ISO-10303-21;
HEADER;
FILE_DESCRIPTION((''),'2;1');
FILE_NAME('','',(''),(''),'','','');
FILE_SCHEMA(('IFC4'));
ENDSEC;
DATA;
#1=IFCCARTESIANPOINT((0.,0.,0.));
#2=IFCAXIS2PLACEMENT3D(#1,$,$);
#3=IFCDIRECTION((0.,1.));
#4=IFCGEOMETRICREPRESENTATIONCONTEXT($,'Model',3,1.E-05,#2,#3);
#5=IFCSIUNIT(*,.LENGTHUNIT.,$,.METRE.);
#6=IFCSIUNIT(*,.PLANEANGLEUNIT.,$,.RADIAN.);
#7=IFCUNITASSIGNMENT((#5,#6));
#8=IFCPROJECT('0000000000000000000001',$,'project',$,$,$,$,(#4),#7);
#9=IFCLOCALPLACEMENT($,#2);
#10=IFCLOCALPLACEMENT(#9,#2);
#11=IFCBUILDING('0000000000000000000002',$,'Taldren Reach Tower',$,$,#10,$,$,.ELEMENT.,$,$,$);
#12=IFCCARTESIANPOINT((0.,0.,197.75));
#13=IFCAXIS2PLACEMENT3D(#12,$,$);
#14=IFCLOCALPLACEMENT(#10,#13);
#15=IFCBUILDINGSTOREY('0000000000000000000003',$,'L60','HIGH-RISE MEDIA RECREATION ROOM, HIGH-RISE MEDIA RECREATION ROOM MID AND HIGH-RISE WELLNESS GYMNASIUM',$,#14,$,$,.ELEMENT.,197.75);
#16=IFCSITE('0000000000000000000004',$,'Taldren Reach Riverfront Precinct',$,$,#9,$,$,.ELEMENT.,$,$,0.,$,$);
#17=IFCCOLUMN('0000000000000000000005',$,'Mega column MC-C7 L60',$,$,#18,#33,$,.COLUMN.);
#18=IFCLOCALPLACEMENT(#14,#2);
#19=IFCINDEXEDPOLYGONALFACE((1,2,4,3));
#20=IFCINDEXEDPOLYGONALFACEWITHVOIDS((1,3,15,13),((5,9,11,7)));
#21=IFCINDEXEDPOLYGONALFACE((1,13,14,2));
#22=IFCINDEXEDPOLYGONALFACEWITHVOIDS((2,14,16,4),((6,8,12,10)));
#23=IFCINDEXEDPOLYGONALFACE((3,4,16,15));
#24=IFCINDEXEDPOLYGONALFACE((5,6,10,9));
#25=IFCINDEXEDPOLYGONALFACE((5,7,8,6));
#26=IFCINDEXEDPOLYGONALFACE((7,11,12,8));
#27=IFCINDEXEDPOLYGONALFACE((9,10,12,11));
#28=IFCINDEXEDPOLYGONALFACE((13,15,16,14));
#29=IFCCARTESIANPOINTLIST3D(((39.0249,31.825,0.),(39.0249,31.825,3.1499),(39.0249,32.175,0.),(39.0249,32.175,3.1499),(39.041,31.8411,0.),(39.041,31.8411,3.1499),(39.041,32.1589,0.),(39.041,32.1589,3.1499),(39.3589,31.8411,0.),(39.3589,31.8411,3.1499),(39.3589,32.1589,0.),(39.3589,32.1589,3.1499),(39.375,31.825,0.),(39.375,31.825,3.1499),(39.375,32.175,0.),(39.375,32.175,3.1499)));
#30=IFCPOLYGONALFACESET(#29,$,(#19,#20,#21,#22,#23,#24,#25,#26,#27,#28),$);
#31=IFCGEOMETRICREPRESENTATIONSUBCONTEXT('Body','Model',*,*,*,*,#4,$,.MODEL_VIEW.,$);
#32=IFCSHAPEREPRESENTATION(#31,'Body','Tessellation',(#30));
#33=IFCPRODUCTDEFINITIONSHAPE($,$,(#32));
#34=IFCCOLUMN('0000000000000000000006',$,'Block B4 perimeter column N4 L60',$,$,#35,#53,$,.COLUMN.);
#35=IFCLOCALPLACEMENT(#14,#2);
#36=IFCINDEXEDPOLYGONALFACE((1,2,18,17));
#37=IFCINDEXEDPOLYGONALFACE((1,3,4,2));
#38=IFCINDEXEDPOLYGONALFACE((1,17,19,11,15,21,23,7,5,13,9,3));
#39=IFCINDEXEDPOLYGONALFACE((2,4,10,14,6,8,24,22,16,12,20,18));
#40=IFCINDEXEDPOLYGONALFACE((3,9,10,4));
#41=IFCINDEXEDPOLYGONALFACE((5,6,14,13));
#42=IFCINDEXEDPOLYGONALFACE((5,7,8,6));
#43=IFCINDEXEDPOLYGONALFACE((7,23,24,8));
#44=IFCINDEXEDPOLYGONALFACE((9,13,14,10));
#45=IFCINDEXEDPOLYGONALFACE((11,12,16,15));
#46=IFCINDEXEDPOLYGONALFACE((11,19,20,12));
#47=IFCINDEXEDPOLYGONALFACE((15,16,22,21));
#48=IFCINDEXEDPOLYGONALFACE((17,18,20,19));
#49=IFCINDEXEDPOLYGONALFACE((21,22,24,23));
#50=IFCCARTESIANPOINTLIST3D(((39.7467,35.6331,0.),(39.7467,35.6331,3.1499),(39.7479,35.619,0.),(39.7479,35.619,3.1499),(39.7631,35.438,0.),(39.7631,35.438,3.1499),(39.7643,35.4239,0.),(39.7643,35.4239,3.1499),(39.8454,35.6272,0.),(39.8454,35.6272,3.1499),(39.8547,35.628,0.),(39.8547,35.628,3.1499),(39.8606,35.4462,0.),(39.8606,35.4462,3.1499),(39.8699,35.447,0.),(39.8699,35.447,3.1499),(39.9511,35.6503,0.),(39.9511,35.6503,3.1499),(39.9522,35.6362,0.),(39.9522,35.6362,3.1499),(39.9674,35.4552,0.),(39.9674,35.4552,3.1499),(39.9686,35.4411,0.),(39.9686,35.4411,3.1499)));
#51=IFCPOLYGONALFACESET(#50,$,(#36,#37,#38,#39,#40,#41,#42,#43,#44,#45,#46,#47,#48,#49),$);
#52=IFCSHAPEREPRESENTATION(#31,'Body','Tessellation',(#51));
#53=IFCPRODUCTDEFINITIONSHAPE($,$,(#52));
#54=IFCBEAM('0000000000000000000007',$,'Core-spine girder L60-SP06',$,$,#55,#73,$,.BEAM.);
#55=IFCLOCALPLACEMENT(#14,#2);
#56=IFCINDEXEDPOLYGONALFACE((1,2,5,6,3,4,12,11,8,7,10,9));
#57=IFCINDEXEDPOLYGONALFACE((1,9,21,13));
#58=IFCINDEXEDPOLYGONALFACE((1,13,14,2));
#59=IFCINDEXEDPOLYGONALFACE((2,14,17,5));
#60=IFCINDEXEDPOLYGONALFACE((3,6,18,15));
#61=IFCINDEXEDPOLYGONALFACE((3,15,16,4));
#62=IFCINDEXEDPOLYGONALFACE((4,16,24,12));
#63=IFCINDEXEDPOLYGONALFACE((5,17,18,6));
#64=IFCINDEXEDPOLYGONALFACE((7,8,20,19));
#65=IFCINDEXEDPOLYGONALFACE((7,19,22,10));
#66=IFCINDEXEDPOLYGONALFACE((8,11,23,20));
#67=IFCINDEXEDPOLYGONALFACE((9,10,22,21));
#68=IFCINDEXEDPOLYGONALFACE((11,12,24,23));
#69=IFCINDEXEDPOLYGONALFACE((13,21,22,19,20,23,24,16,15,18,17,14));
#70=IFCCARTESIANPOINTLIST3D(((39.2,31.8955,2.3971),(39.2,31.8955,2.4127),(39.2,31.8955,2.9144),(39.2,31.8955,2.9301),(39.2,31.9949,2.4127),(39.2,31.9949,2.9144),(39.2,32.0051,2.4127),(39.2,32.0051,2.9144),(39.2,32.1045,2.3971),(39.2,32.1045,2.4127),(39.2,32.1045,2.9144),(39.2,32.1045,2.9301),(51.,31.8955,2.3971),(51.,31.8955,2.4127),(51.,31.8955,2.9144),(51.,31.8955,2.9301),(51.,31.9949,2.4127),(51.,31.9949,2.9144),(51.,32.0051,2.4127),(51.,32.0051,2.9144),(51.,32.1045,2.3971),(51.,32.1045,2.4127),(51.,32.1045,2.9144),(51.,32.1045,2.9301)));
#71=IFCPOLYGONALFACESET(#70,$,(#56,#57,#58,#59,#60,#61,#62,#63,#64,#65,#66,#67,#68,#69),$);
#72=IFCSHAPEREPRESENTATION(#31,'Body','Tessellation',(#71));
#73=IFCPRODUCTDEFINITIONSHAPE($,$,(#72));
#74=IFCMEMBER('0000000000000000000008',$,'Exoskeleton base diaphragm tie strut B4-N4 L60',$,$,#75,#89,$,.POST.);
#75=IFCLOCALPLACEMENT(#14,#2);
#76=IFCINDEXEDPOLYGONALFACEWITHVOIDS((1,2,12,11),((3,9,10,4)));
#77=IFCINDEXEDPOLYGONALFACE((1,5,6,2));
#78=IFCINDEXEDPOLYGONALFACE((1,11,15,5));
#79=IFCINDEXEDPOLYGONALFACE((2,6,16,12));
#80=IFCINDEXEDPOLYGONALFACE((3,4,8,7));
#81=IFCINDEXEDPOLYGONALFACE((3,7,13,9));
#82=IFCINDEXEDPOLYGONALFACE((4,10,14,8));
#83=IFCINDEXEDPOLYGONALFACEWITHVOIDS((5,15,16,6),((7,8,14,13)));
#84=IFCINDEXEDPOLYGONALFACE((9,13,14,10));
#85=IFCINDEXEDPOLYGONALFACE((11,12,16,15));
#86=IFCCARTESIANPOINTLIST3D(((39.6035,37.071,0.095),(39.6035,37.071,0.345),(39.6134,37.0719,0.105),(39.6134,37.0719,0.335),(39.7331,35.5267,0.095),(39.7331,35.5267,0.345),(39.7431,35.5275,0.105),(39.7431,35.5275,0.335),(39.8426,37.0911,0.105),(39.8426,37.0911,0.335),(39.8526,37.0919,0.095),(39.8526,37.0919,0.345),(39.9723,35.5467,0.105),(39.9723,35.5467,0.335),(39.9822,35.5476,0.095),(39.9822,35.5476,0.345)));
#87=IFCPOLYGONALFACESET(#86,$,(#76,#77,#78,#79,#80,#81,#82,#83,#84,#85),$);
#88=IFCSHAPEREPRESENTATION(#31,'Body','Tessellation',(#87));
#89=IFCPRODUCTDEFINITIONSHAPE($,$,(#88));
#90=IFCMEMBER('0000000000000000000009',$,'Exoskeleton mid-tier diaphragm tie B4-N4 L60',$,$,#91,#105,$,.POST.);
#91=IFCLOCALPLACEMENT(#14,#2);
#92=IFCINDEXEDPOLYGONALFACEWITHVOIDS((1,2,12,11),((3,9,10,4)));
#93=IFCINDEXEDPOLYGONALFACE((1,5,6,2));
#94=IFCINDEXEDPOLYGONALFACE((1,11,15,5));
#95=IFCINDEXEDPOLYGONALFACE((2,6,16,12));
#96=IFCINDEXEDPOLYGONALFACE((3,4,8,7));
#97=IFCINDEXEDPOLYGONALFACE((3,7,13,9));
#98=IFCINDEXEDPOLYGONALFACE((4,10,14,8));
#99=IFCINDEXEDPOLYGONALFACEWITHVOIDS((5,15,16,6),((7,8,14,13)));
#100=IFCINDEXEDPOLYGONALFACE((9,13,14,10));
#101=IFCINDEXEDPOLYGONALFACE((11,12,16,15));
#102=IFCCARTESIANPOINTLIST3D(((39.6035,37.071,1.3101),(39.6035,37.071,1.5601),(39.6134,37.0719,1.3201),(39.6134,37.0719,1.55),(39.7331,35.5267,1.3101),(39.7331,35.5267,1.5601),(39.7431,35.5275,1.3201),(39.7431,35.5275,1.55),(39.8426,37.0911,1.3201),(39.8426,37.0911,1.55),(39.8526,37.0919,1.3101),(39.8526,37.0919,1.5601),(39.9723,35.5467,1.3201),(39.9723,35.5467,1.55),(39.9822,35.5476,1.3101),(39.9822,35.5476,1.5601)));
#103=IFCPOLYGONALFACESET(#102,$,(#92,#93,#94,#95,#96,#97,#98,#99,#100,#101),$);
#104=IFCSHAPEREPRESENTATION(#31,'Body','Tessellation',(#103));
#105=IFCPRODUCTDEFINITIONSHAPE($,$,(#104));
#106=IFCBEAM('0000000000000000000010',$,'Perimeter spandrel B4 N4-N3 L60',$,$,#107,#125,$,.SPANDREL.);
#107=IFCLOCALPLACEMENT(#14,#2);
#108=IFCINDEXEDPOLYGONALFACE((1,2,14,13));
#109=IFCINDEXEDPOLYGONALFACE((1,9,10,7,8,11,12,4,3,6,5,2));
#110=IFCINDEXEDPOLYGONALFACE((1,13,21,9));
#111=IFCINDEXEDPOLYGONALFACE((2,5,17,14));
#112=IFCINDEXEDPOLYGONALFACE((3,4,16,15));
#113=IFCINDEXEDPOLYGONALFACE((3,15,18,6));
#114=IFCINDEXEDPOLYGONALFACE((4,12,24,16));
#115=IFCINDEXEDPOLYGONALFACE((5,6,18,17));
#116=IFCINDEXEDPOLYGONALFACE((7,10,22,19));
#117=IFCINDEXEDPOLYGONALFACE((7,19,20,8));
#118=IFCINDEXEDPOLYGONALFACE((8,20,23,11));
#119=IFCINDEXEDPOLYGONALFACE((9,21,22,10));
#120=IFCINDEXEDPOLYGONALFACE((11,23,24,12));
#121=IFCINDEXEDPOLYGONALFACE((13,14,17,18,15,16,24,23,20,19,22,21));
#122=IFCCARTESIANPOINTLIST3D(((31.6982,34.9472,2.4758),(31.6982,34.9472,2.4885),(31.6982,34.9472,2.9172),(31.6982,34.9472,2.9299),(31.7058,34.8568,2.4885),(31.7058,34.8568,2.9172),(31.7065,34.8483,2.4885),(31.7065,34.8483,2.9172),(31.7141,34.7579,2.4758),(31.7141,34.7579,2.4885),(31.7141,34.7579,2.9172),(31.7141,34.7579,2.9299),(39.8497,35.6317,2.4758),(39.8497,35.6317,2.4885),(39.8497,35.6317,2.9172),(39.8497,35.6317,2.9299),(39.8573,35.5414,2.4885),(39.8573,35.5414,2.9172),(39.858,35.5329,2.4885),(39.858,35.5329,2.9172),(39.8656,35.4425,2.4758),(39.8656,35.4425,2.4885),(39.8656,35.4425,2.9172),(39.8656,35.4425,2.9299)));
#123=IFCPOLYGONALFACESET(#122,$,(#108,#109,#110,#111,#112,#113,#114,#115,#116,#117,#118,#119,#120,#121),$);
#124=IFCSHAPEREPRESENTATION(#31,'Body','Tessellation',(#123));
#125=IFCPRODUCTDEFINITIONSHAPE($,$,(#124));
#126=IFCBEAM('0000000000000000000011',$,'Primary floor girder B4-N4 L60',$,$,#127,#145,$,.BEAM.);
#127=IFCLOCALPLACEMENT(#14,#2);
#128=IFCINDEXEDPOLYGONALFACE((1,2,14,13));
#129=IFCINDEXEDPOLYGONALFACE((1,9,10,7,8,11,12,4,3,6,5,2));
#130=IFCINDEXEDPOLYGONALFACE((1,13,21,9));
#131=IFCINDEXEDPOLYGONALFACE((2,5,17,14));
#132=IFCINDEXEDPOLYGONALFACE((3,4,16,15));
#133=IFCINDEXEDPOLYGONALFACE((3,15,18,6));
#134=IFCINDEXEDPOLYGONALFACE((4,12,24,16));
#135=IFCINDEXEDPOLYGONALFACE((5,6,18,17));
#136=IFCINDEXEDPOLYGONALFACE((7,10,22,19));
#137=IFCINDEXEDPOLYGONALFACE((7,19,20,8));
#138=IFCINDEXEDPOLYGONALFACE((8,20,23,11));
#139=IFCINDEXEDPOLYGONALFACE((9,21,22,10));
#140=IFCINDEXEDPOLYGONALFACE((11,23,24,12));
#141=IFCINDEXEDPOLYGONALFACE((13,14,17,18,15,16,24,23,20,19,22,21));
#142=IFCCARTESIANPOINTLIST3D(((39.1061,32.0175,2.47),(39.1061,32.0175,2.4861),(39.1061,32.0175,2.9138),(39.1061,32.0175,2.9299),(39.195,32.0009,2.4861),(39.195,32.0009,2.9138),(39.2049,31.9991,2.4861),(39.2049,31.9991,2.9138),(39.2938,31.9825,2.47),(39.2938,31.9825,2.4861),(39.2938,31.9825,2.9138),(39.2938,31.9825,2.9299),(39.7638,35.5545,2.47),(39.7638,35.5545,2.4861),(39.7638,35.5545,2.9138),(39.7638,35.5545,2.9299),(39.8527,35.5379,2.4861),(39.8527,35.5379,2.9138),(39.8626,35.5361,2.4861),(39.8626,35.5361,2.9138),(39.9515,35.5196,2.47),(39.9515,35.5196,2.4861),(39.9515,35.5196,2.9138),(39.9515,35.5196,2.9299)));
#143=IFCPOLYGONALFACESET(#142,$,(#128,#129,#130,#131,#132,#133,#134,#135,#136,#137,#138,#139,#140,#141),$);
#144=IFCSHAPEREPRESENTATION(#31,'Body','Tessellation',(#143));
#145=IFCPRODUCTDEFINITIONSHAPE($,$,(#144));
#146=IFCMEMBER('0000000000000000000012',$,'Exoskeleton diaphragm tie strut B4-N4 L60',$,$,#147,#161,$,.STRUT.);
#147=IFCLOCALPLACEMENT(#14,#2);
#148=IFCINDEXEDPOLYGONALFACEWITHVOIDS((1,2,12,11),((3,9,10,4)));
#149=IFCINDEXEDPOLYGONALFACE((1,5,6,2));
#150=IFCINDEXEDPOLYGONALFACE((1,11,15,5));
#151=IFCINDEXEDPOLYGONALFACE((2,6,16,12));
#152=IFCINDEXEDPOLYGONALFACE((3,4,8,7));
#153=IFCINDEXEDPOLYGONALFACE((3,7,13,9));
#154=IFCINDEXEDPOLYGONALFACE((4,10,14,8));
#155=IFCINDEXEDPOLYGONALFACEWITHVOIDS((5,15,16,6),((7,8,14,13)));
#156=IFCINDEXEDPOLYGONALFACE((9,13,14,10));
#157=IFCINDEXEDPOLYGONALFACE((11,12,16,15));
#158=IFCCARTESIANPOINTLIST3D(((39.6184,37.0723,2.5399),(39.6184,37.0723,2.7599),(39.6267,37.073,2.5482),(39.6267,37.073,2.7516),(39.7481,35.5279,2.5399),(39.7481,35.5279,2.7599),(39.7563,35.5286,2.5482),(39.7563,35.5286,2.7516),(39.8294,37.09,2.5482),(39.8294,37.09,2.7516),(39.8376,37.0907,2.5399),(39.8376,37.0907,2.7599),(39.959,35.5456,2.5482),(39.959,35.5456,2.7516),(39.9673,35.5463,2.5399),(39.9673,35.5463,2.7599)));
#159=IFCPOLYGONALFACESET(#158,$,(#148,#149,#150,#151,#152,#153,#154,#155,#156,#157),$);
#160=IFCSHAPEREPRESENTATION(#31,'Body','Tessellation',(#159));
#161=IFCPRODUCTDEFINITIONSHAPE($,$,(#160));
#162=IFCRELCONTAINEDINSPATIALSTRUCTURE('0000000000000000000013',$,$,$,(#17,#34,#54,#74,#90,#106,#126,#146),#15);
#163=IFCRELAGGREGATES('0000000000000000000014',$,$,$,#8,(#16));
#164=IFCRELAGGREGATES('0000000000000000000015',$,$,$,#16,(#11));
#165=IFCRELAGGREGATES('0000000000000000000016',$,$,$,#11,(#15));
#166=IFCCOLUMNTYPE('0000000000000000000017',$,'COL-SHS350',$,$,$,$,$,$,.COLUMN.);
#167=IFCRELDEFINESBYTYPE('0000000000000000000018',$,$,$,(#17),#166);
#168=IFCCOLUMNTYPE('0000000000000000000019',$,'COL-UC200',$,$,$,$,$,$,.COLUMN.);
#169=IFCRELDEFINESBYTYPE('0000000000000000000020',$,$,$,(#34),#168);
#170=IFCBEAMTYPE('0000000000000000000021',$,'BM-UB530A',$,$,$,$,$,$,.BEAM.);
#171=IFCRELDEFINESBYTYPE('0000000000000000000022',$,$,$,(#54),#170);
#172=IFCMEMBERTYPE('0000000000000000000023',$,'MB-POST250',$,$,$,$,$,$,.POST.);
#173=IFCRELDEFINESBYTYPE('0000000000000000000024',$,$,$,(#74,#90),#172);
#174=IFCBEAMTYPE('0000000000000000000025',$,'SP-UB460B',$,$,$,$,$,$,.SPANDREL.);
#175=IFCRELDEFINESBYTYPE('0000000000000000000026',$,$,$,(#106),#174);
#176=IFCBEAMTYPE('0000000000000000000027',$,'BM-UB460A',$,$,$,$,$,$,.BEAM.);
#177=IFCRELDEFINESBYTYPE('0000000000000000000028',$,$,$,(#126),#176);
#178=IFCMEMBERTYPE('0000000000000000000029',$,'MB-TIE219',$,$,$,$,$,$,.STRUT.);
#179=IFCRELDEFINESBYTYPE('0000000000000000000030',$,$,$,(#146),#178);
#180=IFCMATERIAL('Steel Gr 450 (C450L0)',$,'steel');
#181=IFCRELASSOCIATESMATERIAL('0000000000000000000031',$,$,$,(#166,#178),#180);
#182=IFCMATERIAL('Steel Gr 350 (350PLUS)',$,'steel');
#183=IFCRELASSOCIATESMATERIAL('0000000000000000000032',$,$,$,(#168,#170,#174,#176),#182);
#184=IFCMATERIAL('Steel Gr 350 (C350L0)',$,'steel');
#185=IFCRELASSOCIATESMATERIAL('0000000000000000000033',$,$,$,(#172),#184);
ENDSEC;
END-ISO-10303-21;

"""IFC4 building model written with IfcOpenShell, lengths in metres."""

from ifc_helpers import new_model, si_unit, direction, frame, origin, origin_2d, place, context, subcontext, project, spatial, hollow_rectangle, i_section, extrude, source, transform, mapped, material, material_profile, profile_set, type_object, element, save


model = new_model("IFC4")

# Units and contexts
model_context = context("Model", 3, precision=1e-05, world=origin(), true_north=direction((0.0, 1.0)))
body_context = subcontext(model_context, "Body", "Model", "MODEL_VIEW")
ifc_project = project(units=[si_unit("LENGTHUNIT", "METRE"), si_unit("PLANEANGLEUNIT", "RADIAN")], contexts=[model_context])

# Site, building, storey
site_placement = place(None, origin())
site = spatial("IfcSite", under=ifc_project, at=site_placement, Name="Taldren Reach Riverfront Precinct", CompositionType="ELEMENT", RefElevation=0.0)
building_placement = place(site_placement, origin())
building = spatial("IfcBuilding", under=site, at=building_placement, Name="Taldren Reach Tower", CompositionType="ELEMENT")
storey_placement = place(building_placement, frame((0.0, 0.0, 197.75)))
storey = spatial("IfcBuildingStorey", under=building, at=storey_placement, Name="L60", Description="HIGH-RISE MEDIA RECREATION ROOM, HIGH-RISE MEDIA RECREATION ROOM MID AND HIGH-RISE WELLNESS GYMNASIUM", CompositionType="ELEMENT", Elevation=197.75)

# Columns
ifc_material_1 = material(Name="Steel Gr 450 (C450L0)", Category="steel")
ifc_material_profile_1 = material_profile(ifc_material_1, hollow_rectangle(XDim=0.3501, YDim=0.3501, WallThickness=0.0161, at=origin_2d()), Name="350x350x16.0SHS")
ifc_profile_set_1 = profile_set([ifc_material_profile_1], Name="Steel Gr 450 (C450L0)")
column_type_1 = type_object("IfcColumnType", Name="COL-SHS350", PredefinedType="COLUMN", material=ifc_profile_set_1)
shared_shape_1 = source(origin(), body_context, "Body", "SweptSolid", [
    extrude(hollow_rectangle(XDim=0.3501, YDim=0.3501, WallThickness=0.0161, at=origin_2d()), origin(), (0.0, 0.0, 1.0), 3.1499),
])
column_1_placement = place(storey_placement, frame((39.2, 32.0, 0.0), z_axis=(0.0, 0.0, 1.0), x_axis=(1.0, 0.0, 0.0)))
element("IfcColumn", 1, at=column_1_placement, inside=storey, type_object=column_type_1, Name="Mega column MC-C7 L60", PredefinedType="COLUMN", context=body_context, shape_type="MappedRepresentation", body=[
    mapped(shared_shape_1, transform((0.0, 0.0, 0.0), scale=1.0)),
])
ifc_material_2 = material(Name="Steel Gr 350 (350PLUS)", Category="steel")
ifc_material_profile_2 = material_profile(ifc_material_2, i_section(OverallWidth=0.2051, OverallDepth=0.21, WebThickness=0.0093, FlangeThickness=0.0142, at=origin_2d()), Name="200UC59.5")
ifc_profile_set_2 = profile_set([ifc_material_profile_2], Name="Steel Gr 350 (350PLUS)")
column_type_2 = type_object("IfcColumnType", Name="COL-UC200", PredefinedType="COLUMN", material=ifc_profile_set_2)
shared_shape_2 = source(origin(), body_context, "Body", "SweptSolid", [
    extrude(i_section(OverallWidth=0.2051, OverallDepth=0.21, WebThickness=0.0093, FlangeThickness=0.0142, at=origin_2d()), origin(), (0.0, 0.0, 1.0), 3.1499),
])
column_2_placement = place(storey_placement, frame((39.8577, 35.5371, 0.0), z_axis=(0.0, 0.0, 1.0), x_axis=(0.996493, 0.083678, 0.0)))
element("IfcColumn", 2, at=column_2_placement, inside=storey, type_object=column_type_2, Name="Block B4 perimeter column N4 L60", PredefinedType="COLUMN", context=body_context, shape_type="MappedRepresentation", body=[
    mapped(shared_shape_2, transform((0.0, 0.0, 0.0), scale=1.0)),
])

# Beam
ifc_material_profile_3 = material_profile(ifc_material_2, i_section(OverallWidth=0.209, OverallDepth=0.533, WebThickness=0.0103, FlangeThickness=0.0156, at=origin_2d()), Name="530UB92.4")
ifc_profile_set_3 = profile_set([ifc_material_profile_3], Name="Steel Gr 350 (350PLUS)")
beam_type_1 = type_object("IfcBeamType", Name="BM-UB530A", PredefinedType="BEAM", material=ifc_profile_set_3)
shared_shape_3 = source(origin(), body_context, "Body", "SweptSolid", [
    extrude(i_section(OverallWidth=0.209, OverallDepth=0.533, WebThickness=0.0103, FlangeThickness=0.0156, at=origin_2d()), origin(), (0.0, 0.0, 1.0), 11.8),
])
beam_1_placement = place(storey_placement, frame((39.2, 32.0, 2.6636), z_axis=(1.0, 0.0, 0.0), x_axis=(0.0, 1.0, 0.0)))
element("IfcBeam", 3, at=beam_1_placement, inside=storey, type_object=beam_type_1, Name="Core-spine girder L60-SP06", PredefinedType="BEAM", context=body_context, shape_type="MappedRepresentation", body=[
    mapped(shared_shape_3, transform((0.0, 0.0, 0.0), scale=1.0)),
])

# Members
ifc_material_3 = material(Name="Steel Gr 350 (C350L0)", Category="steel")
ifc_material_profile_4 = material_profile(ifc_material_3, hollow_rectangle(XDim=0.25, YDim=0.25, WallThickness=0.01, at=origin_2d()), Name="250x250x10.0SHS")
ifc_profile_set_4 = profile_set([ifc_material_profile_4], Name="Steel Gr 350 (C350L0)")
member_type_1 = type_object("IfcMemberType", Name="MB-POST250", PredefinedType="POST", material=ifc_profile_set_4)
shared_shape_4 = source(origin(), body_context, "Body", "SweptSolid", [
    extrude(hollow_rectangle(XDim=0.25, YDim=0.25, WallThickness=0.01, at=origin_2d()), origin(), (0.0, 0.0, 1.0), 1.5498),
])
for number, where, z_axis, x_axis, name in (
    (4, (39.8577, 35.5371, 0.22), (-0.083645, 0.996496, 0.0), (-0.996496, -0.083645, 0.0), "Exoskeleton base diaphragm tie strut B4-N4 L60"),
    (5, (39.8577, 35.5371, 1.4351), (-0.083645, 0.996496, 0.0), (-0.996496, -0.083645, 0.0), "Exoskeleton mid-tier diaphragm tie B4-N4 L60"),
):
    element("IfcMember", number, at=place(storey_placement, frame(where, z_axis=z_axis, x_axis=x_axis)), inside=storey, type_object=member_type_1, Name=name, PredefinedType="POST", context=body_context, shape_type="MappedRepresentation", body=[
        mapped(shared_shape_4, transform((0.0, 0.0, 0.0), scale=1.0)),
    ])

# Beams
ifc_material_profile_5 = material_profile(ifc_material_2, i_section(OverallWidth=0.1899, OverallDepth=0.4541, WebThickness=0.0085, FlangeThickness=0.0127, at=origin_2d()), Name="460UB67.1")
ifc_profile_set_5 = profile_set([ifc_material_profile_5], Name="Steel Gr 350 (350PLUS)")
beam_type_2 = type_object("IfcBeamType", Name="SP-UB460B", PredefinedType="SPANDREL", material=ifc_profile_set_5)
shared_shape_5 = source(origin(), body_context, "Body", "SweptSolid", [
    extrude(i_section(OverallWidth=0.1899, OverallDepth=0.4541, WebThickness=0.0085, FlangeThickness=0.0127, at=origin_2d()), origin(), (0.0, 0.0, 1.0), 8.1802),
])
beam_2_placement = place(storey_placement, frame((39.8577, 35.5371, 2.7029), z_axis=(-0.996492, -0.083688, 0.0), x_axis=(0.083688, -0.996492, 0.0)))
element("IfcBeam", 6, at=beam_2_placement, inside=storey, type_object=beam_type_2, Name="Perimeter spandrel B4 N4-N3 L60", PredefinedType="SPANDREL", context=body_context, shape_type="MappedRepresentation", body=[
    mapped(shared_shape_5, transform((0.0, 0.0, 0.0), scale=1.0)),
])
ifc_material_profile_6 = material_profile(ifc_material_2, i_section(OverallWidth=0.1909, OverallDepth=0.46, WebThickness=0.01, FlangeThickness=0.0161, at=origin_2d()), Name="460UB82.1")
ifc_profile_set_6 = profile_set([ifc_material_profile_6], Name="Steel Gr 350 (350PLUS)")
beam_type_3 = type_object("IfcBeamType", Name="BM-UB460A", PredefinedType="BEAM", material=ifc_profile_set_6)
shared_shape_6 = source(origin(), body_context, "Body", "SweptSolid", [
    extrude(i_section(OverallWidth=0.1909, OverallDepth=0.46, WebThickness=0.01, FlangeThickness=0.0161, at=origin_2d()), origin(), (0.0, 0.0, 1.0), 3.5977),
])
beam_3_placement = place(storey_placement, frame((39.2, 32.0, 2.7), z_axis=(0.182813, 0.983148, 0.0), x_axis=(-0.983148, 0.182813, 0.0)))
element("IfcBeam", 7, at=beam_3_placement, inside=storey, type_object=beam_type_3, Name="Primary floor girder B4-N4 L60", PredefinedType="BEAM", context=body_context, shape_type="MappedRepresentation", body=[
    mapped(shared_shape_6, transform((0.0, 0.0, 0.0), scale=1.0)),
])

# Member
ifc_material_profile_7 = material_profile(ifc_material_1, hollow_rectangle(XDim=0.22, YDim=0.22, WallThickness=0.0083, at=origin_2d()), Name="220x220x8.2SHS")
ifc_profile_set_7 = profile_set([ifc_material_profile_7], Name="Steel Gr 450 (C450L0)")
member_type_2 = type_object("IfcMemberType", Name="MB-TIE219", PredefinedType="STRUT", material=ifc_profile_set_7)
shared_shape_7 = source(origin(), body_context, "Body", "SweptSolid", [
    extrude(hollow_rectangle(XDim=0.22, YDim=0.22, WallThickness=0.0083, at=origin_2d()), origin(), (0.0, 0.0, 1.0), 1.5498),
])
member_1_placement = place(storey_placement, frame((39.8577, 35.5371, 2.6499), z_axis=(-0.083645, 0.996496, 0.0), x_axis=(-0.996496, -0.083645, 0.0)))
element("IfcMember", 8, at=member_1_placement, inside=storey, type_object=member_type_2, Name="Exoskeleton diaphragm tie strut B4-N4 L60", PredefinedType="STRUT", context=body_context, shape_type="MappedRepresentation", body=[
    mapped(shared_shape_7, transform((0.0, 0.0, 0.0), scale=1.0)),
])

save(model, "model.ifc")
